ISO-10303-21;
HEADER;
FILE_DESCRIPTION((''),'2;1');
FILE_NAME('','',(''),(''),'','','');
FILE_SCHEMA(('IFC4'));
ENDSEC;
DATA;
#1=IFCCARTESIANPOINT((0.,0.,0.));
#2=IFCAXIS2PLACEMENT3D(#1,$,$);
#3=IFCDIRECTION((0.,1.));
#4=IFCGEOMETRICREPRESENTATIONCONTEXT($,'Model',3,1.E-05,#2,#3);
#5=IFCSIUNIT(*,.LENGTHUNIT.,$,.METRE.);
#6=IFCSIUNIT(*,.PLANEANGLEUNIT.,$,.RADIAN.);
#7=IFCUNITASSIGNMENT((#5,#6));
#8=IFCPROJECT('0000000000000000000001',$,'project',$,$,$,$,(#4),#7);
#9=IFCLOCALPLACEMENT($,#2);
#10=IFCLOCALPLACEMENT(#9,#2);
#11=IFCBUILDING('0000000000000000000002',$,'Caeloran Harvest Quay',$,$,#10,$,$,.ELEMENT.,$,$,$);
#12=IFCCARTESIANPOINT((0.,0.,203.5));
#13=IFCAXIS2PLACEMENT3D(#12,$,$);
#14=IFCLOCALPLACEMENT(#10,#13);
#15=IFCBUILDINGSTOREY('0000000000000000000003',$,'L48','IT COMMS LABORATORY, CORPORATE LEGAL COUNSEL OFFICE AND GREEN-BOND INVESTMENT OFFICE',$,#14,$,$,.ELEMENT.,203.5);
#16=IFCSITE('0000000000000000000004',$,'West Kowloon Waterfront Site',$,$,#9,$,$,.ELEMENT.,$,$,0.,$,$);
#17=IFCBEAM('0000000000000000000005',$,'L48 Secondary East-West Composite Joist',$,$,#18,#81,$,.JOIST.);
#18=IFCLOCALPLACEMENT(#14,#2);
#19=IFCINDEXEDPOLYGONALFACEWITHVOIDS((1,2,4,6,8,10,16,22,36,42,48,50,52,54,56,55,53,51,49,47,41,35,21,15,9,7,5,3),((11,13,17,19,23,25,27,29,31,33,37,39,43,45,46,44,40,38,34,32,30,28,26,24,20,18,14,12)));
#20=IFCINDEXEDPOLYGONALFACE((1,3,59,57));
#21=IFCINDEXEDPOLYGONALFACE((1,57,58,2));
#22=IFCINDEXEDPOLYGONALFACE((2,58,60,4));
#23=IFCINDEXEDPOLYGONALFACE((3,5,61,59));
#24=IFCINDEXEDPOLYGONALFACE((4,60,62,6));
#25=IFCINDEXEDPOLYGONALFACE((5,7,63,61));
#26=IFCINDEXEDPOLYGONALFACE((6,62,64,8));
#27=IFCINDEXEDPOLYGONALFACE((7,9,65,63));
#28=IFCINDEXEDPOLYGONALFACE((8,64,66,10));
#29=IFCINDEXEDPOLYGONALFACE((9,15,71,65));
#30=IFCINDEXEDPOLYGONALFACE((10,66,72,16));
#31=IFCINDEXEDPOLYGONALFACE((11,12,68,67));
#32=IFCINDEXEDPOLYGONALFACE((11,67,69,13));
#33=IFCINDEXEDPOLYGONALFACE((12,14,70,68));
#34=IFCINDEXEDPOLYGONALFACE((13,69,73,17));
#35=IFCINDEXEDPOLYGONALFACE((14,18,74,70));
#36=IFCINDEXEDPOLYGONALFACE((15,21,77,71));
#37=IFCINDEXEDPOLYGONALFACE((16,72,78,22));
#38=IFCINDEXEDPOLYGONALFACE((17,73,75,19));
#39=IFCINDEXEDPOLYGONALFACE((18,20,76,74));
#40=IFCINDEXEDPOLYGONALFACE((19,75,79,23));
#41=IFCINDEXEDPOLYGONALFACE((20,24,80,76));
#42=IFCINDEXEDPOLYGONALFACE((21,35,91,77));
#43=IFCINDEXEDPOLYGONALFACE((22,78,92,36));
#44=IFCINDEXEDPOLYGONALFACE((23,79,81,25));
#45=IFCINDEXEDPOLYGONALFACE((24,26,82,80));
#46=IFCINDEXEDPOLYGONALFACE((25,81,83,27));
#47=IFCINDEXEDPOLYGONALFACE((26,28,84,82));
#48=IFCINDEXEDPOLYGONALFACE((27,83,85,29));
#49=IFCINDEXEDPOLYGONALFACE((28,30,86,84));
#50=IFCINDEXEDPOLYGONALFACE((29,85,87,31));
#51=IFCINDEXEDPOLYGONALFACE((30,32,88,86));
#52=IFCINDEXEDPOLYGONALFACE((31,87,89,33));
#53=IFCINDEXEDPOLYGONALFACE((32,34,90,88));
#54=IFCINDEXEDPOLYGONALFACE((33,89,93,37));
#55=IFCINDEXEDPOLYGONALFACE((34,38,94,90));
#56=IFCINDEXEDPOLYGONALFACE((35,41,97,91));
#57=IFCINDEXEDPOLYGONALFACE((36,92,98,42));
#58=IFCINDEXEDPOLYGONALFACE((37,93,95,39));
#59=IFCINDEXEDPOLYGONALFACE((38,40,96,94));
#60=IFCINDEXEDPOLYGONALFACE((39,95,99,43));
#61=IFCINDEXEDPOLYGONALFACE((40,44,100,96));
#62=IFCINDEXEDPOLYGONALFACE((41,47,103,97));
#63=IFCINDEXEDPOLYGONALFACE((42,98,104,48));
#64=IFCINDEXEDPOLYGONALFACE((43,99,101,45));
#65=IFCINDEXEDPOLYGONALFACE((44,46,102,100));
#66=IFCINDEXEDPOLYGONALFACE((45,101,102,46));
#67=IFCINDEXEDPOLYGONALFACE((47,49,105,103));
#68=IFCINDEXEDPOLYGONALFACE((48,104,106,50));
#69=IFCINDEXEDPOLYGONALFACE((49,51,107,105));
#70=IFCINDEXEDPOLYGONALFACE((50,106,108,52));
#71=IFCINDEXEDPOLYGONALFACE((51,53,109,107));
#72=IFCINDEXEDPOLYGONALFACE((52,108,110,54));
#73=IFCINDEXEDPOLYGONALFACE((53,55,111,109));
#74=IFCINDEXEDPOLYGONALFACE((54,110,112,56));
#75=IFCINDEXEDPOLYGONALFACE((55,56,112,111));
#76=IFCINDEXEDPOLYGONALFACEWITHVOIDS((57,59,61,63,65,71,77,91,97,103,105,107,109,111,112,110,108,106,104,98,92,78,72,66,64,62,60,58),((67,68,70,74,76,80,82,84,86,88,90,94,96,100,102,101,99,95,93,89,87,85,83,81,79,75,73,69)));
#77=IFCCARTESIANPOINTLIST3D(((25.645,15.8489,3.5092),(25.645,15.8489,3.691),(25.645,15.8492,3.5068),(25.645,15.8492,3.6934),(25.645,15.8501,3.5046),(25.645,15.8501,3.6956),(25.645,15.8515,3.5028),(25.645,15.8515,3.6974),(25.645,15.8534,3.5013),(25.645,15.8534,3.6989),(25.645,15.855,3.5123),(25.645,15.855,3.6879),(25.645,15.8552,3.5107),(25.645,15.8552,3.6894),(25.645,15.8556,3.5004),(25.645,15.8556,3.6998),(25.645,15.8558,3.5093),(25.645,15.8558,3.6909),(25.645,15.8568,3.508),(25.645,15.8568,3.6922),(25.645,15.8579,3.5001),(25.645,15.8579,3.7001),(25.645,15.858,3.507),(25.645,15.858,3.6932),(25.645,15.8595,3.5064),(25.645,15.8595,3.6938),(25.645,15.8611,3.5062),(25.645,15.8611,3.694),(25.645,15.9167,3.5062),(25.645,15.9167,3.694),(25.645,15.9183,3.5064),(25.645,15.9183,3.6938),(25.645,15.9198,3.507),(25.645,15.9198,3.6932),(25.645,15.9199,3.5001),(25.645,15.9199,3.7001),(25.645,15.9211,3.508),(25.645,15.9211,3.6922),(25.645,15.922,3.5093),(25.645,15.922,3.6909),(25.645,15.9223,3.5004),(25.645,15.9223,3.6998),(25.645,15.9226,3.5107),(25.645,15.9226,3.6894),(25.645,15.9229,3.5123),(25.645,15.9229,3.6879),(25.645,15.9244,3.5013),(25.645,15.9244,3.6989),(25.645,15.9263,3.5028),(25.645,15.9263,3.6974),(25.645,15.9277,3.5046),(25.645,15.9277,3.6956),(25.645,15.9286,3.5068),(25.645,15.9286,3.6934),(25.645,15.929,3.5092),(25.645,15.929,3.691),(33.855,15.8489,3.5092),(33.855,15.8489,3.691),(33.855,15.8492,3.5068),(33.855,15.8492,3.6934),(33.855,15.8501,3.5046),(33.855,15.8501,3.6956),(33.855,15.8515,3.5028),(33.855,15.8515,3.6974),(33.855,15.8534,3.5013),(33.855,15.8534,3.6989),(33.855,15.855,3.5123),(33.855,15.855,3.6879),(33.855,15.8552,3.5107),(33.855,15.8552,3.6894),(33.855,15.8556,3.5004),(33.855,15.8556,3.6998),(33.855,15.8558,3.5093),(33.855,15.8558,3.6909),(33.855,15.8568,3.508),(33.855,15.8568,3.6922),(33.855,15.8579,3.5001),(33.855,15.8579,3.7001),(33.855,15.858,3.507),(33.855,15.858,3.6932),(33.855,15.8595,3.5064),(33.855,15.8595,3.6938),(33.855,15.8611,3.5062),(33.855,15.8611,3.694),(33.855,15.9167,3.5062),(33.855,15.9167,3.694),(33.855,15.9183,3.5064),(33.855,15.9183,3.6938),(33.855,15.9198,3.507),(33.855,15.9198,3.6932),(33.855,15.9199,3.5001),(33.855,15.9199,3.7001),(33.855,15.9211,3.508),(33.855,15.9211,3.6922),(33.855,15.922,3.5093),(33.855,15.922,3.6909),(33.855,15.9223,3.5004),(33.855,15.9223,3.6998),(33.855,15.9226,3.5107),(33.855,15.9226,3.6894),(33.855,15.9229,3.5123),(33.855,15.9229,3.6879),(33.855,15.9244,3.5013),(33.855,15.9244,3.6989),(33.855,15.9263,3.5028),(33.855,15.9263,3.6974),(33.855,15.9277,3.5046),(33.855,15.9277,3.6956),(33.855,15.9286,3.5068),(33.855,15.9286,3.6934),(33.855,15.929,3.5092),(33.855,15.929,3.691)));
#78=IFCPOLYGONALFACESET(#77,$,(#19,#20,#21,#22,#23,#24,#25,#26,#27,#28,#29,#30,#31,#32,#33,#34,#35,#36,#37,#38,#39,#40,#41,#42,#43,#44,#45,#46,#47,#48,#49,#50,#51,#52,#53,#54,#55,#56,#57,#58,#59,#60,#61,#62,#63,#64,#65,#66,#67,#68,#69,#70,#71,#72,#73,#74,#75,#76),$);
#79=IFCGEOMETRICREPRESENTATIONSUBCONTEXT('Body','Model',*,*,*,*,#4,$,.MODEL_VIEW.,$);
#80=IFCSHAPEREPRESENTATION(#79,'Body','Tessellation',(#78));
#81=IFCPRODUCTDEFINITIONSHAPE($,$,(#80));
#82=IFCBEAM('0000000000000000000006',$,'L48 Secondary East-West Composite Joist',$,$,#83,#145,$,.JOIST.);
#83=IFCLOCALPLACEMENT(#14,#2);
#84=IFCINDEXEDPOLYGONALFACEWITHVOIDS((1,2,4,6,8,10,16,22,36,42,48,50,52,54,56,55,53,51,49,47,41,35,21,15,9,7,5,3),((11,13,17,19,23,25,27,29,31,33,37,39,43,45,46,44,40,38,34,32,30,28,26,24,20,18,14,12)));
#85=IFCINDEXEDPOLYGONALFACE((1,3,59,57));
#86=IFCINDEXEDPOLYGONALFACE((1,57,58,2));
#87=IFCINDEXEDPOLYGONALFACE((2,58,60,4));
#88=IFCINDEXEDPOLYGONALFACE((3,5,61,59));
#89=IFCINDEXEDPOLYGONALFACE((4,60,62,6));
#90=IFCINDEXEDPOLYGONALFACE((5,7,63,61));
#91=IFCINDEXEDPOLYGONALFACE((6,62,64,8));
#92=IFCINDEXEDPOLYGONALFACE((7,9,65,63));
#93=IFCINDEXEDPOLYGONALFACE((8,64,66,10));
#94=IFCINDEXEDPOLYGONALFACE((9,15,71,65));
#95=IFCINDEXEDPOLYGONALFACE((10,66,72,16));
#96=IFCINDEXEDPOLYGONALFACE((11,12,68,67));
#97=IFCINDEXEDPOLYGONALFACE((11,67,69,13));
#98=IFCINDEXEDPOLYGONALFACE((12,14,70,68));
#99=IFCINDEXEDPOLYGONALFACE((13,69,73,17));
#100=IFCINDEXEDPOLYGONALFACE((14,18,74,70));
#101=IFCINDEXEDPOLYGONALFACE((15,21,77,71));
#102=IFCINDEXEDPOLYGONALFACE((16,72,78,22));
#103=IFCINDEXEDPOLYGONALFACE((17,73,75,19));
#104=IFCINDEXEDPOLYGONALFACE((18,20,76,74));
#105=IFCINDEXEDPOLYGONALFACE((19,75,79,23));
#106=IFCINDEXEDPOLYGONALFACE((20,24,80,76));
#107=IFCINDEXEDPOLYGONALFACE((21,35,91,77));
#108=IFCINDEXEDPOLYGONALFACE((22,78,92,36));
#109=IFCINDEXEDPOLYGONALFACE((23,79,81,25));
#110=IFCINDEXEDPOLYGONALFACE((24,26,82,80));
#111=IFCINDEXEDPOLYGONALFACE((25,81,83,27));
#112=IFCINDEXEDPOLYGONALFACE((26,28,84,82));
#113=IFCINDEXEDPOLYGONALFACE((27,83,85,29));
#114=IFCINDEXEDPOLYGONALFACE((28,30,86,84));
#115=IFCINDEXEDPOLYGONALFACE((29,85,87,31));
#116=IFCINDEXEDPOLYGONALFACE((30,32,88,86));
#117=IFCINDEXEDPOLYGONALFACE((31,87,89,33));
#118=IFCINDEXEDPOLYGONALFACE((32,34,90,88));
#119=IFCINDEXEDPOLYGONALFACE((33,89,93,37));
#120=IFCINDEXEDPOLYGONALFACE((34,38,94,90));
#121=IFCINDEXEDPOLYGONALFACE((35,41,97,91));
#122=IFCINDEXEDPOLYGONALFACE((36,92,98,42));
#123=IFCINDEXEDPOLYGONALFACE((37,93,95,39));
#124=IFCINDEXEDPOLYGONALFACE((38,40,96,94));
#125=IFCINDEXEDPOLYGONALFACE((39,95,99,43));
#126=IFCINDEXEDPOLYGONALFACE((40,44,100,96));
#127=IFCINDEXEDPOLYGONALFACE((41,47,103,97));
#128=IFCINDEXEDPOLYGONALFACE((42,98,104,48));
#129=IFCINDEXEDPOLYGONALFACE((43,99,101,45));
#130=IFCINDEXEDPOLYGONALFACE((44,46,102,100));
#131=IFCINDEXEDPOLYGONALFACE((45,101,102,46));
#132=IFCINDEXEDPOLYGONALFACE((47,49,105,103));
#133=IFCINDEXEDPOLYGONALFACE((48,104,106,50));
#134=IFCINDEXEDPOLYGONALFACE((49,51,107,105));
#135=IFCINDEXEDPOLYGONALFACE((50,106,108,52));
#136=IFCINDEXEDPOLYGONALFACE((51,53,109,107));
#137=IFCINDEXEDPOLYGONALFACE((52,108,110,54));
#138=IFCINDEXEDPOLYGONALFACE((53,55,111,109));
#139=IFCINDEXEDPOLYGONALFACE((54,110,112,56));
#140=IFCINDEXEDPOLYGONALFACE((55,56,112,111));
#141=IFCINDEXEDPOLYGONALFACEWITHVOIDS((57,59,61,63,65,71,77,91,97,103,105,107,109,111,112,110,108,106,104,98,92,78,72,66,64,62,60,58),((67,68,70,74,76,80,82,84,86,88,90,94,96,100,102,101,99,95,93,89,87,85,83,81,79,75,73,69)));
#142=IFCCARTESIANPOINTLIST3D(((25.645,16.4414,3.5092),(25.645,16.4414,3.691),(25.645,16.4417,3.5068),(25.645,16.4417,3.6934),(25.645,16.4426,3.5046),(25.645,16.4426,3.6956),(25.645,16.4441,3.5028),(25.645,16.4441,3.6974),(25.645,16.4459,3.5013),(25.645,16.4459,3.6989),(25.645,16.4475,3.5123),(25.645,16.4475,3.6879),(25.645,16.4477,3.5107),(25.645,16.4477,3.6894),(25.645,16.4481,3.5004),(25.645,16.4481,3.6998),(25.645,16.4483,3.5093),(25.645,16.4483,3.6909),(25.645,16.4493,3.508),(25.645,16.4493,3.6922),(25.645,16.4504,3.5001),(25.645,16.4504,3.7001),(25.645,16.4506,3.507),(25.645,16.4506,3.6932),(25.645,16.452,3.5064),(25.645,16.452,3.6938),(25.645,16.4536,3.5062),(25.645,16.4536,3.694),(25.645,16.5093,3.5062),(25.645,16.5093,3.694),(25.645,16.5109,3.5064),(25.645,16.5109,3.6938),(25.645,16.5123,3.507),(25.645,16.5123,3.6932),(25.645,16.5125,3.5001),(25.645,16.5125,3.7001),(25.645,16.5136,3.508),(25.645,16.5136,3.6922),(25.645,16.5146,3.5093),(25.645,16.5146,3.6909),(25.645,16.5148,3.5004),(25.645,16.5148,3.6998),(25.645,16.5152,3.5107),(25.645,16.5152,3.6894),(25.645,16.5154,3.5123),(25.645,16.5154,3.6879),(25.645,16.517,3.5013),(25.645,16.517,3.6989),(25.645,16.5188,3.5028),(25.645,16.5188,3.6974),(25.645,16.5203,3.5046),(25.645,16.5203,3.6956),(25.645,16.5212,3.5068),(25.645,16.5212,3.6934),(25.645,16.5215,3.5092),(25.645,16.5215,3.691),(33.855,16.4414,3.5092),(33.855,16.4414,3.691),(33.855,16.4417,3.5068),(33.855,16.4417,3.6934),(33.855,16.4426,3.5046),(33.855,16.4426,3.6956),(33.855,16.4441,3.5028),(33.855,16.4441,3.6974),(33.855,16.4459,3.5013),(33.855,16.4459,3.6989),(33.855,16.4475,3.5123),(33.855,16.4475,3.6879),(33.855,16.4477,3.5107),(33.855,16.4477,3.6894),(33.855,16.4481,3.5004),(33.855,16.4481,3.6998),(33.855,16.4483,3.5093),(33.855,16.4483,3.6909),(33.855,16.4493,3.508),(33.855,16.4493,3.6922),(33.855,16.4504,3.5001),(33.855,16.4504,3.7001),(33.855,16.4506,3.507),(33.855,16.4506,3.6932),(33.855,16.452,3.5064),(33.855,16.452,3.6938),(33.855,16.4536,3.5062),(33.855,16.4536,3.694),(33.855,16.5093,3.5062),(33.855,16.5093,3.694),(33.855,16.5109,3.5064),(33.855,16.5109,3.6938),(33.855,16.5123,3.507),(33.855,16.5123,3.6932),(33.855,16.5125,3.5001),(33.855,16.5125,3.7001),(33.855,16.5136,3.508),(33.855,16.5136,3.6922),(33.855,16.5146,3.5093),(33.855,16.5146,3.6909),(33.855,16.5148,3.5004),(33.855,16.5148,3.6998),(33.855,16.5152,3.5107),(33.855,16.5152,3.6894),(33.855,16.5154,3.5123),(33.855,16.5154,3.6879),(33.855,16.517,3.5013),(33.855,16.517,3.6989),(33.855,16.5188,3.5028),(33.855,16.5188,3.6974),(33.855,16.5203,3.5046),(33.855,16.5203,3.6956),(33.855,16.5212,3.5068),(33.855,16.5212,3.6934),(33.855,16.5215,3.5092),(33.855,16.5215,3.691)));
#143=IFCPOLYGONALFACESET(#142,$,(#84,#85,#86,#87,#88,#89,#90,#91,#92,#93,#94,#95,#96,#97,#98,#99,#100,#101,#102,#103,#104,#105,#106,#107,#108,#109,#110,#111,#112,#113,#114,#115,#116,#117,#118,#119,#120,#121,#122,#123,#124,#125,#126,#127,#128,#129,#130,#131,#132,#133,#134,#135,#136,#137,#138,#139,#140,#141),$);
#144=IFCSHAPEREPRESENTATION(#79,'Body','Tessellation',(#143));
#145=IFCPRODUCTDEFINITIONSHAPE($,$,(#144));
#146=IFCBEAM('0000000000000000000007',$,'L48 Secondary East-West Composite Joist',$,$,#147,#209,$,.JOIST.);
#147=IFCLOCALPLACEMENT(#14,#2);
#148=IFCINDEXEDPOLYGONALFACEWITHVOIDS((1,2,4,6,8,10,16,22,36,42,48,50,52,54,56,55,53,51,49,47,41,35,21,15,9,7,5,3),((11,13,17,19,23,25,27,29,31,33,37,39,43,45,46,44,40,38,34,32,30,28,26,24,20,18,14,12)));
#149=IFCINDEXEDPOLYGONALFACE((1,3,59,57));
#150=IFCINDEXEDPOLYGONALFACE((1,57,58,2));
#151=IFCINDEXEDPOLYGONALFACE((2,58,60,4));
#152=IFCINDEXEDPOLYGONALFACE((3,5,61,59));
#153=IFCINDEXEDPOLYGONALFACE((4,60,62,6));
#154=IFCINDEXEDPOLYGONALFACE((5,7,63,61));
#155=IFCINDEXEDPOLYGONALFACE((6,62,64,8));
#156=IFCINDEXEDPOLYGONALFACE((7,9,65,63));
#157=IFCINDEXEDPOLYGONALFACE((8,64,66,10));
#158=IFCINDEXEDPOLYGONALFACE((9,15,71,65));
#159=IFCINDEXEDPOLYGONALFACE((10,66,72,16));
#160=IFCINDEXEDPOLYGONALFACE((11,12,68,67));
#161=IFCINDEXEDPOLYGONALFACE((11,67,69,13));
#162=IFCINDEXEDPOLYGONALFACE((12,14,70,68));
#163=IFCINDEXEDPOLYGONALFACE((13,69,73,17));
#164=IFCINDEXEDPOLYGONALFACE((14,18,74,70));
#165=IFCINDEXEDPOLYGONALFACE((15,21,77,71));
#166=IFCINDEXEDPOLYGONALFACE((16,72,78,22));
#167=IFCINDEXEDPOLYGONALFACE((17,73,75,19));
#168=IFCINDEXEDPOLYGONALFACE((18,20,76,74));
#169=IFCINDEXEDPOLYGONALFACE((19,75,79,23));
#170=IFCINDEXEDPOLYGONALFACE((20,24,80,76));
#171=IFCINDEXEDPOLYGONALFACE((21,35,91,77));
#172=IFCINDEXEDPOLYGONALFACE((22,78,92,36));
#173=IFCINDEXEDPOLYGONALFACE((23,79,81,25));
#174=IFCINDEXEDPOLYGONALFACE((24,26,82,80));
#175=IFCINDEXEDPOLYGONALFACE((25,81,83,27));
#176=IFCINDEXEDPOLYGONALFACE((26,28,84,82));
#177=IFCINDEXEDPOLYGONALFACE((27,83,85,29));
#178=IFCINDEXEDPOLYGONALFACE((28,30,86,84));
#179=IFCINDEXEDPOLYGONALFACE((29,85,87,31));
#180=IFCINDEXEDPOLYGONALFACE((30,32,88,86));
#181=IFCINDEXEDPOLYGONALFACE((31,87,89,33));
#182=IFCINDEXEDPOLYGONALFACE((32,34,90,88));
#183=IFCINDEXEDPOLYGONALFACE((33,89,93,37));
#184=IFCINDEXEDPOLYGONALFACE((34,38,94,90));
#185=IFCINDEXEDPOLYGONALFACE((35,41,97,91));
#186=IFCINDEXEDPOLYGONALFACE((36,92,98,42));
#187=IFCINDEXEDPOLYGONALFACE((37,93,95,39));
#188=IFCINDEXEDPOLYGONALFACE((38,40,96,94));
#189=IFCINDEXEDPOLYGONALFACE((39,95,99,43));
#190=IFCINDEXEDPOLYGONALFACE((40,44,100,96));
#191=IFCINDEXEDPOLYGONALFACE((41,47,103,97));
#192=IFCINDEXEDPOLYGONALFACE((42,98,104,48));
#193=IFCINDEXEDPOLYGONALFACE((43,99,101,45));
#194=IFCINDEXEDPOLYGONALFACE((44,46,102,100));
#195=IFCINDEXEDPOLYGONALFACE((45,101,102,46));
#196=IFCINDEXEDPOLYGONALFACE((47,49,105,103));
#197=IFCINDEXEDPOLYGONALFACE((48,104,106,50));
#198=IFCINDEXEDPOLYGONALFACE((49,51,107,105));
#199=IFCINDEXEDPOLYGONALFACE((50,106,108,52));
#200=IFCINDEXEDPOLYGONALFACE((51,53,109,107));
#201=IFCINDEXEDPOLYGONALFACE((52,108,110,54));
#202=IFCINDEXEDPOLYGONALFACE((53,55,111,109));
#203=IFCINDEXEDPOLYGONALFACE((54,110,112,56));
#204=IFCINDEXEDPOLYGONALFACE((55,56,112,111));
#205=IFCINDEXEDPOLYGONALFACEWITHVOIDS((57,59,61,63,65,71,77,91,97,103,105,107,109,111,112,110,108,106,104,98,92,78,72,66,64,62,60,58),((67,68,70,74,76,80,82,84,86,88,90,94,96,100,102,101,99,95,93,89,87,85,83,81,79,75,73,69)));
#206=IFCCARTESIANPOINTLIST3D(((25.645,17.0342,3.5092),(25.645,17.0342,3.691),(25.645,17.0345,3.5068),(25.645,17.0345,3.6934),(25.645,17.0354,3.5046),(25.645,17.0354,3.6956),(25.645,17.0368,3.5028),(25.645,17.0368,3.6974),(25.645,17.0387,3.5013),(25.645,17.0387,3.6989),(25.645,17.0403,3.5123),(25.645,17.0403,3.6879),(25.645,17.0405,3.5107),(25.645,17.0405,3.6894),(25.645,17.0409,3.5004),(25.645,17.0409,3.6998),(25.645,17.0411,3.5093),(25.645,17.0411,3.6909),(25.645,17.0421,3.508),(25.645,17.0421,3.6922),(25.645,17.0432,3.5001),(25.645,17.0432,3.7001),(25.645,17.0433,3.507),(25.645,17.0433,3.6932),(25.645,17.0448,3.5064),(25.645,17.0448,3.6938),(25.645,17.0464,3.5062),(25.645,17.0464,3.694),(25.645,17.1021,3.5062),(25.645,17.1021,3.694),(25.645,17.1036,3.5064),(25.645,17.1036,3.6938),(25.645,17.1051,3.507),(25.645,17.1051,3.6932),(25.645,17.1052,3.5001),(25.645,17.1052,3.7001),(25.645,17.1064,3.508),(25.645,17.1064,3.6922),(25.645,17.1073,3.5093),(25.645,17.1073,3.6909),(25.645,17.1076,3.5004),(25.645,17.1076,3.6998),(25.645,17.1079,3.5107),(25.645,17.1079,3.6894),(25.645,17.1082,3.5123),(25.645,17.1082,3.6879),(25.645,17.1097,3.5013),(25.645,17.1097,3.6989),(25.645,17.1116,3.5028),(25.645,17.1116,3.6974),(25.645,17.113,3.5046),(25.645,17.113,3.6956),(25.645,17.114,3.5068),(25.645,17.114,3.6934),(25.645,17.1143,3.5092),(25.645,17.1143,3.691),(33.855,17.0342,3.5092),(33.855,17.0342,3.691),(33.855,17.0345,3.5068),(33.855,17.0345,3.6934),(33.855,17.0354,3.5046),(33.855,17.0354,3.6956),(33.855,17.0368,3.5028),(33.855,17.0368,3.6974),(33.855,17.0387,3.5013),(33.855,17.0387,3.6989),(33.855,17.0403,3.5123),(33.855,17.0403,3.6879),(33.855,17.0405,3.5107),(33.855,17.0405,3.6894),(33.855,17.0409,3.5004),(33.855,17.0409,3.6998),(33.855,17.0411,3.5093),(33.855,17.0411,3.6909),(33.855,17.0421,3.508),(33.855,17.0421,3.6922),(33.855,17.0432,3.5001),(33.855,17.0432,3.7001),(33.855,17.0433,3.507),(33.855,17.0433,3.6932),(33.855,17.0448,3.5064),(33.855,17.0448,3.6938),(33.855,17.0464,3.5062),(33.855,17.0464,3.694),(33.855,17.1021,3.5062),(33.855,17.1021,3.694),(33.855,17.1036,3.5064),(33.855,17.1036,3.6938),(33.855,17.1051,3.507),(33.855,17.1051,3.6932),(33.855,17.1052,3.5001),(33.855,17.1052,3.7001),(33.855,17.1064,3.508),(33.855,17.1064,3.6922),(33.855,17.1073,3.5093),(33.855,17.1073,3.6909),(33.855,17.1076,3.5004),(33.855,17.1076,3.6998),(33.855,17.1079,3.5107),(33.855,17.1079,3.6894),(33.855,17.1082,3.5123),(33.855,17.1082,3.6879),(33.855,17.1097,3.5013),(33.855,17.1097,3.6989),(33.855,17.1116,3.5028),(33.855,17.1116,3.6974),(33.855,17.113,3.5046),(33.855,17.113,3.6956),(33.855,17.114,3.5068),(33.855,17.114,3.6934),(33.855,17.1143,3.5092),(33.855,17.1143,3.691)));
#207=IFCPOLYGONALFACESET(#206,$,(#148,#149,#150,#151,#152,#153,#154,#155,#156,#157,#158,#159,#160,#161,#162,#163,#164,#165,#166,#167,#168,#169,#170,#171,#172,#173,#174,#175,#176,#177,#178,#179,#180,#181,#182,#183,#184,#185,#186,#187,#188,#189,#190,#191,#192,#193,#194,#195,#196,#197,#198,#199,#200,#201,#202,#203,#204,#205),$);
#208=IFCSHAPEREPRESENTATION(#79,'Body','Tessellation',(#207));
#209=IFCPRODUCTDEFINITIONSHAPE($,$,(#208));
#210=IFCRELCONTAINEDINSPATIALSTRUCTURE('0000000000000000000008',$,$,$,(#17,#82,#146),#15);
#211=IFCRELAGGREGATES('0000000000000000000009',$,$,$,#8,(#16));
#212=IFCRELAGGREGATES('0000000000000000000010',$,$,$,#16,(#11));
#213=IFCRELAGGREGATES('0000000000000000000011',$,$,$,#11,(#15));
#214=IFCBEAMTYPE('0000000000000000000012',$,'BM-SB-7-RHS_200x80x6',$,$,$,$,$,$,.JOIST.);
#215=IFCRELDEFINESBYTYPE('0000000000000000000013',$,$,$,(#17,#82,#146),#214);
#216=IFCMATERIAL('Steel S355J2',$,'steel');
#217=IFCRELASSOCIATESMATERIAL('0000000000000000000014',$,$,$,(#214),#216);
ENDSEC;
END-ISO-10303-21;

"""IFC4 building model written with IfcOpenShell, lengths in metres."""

from ifc_helpers import new_model, si_unit, direction, frame, origin, origin_2d, place, context, subcontext, project, spatial, hollow_rectangle, extrude, material, material_profile, profile_set, type_object, element, save


model = new_model("IFC4")

# Units and contexts
model_context = context("Model", 3, precision=1e-05, world=origin(), true_north=direction((0.0, 1.0)))
body_context = subcontext(model_context, "Body", "Model", "MODEL_VIEW")
ifc_project = project(units=[si_unit("LENGTHUNIT", "METRE"), si_unit("PLANEANGLEUNIT", "RADIAN")], contexts=[model_context])

# Site, building, storey
site_placement = place(None, origin())
site = spatial("IfcSite", under=ifc_project, at=site_placement, Name="West Kowloon Waterfront Site", CompositionType="ELEMENT", RefElevation=0.0)
building_placement = place(site_placement, origin())
building = spatial("IfcBuilding", under=site, at=building_placement, Name="Caeloran Harvest Quay", CompositionType="ELEMENT")
storey_placement = place(building_placement, frame((0.0, 0.0, 203.5)))
storey = spatial("IfcBuildingStorey", under=building, at=storey_placement, Name="L48", Description="IT COMMS LABORATORY, CORPORATE LEGAL COUNSEL OFFICE AND GREEN-BOND INVESTMENT OFFICE", CompositionType="ELEMENT", Elevation=203.5)

# Beams
ifc_material_1 = material(Name="Steel S355J2", Category="steel")
ifc_material_profile_1 = material_profile(ifc_material_1, hollow_rectangle(XDim=0.0801, YDim=0.2, WallThickness=0.0061, InnerFilletRadius=0.0061, OuterFilletRadius=0.009, at=origin_2d()), Name="RHS 200x80x6")
ifc_profile_set_1 = profile_set([ifc_material_profile_1], Name="Steel S355J2")
beam_type_1 = type_object("IfcBeamType", Name="BM-SB-7-RHS_200x80x6", PredefinedType="JOIST", material=ifc_profile_set_1)
for number, where, z_axis, x_axis, name in (
    (1, (25.645, 15.8889, 3.6001), (1.0, 0.0, 0.0), (0.0, 1.0, 0.0), "L48 Secondary East-West Composite Joist"),
    (2, (25.645, 16.4814, 3.6001), (1.0, 0.0, 0.0), (0.0, 1.0, 0.0), "L48 Secondary East-West Composite Joist"),
    (3, (25.645, 17.0742, 3.6001), (1.0, 0.0, 0.0), (0.0, 1.0, 0.0), "L48 Secondary East-West Composite Joist"),
):
    element("IfcBeam", number, at=place(storey_placement, frame(where, z_axis=z_axis, x_axis=x_axis)), inside=storey, type_object=beam_type_1, Name=name, PredefinedType="JOIST", context=body_context, shape_type="SweptSolid", body=[
        extrude(hollow_rectangle(XDim=0.0801, YDim=0.2, WallThickness=0.0061, InnerFilletRadius=0.0061, OuterFilletRadius=0.009, at=origin_2d()), origin(), (0.0, 0.0, 1.0), 8.21),
    ])

save(model, "model.ifc")
